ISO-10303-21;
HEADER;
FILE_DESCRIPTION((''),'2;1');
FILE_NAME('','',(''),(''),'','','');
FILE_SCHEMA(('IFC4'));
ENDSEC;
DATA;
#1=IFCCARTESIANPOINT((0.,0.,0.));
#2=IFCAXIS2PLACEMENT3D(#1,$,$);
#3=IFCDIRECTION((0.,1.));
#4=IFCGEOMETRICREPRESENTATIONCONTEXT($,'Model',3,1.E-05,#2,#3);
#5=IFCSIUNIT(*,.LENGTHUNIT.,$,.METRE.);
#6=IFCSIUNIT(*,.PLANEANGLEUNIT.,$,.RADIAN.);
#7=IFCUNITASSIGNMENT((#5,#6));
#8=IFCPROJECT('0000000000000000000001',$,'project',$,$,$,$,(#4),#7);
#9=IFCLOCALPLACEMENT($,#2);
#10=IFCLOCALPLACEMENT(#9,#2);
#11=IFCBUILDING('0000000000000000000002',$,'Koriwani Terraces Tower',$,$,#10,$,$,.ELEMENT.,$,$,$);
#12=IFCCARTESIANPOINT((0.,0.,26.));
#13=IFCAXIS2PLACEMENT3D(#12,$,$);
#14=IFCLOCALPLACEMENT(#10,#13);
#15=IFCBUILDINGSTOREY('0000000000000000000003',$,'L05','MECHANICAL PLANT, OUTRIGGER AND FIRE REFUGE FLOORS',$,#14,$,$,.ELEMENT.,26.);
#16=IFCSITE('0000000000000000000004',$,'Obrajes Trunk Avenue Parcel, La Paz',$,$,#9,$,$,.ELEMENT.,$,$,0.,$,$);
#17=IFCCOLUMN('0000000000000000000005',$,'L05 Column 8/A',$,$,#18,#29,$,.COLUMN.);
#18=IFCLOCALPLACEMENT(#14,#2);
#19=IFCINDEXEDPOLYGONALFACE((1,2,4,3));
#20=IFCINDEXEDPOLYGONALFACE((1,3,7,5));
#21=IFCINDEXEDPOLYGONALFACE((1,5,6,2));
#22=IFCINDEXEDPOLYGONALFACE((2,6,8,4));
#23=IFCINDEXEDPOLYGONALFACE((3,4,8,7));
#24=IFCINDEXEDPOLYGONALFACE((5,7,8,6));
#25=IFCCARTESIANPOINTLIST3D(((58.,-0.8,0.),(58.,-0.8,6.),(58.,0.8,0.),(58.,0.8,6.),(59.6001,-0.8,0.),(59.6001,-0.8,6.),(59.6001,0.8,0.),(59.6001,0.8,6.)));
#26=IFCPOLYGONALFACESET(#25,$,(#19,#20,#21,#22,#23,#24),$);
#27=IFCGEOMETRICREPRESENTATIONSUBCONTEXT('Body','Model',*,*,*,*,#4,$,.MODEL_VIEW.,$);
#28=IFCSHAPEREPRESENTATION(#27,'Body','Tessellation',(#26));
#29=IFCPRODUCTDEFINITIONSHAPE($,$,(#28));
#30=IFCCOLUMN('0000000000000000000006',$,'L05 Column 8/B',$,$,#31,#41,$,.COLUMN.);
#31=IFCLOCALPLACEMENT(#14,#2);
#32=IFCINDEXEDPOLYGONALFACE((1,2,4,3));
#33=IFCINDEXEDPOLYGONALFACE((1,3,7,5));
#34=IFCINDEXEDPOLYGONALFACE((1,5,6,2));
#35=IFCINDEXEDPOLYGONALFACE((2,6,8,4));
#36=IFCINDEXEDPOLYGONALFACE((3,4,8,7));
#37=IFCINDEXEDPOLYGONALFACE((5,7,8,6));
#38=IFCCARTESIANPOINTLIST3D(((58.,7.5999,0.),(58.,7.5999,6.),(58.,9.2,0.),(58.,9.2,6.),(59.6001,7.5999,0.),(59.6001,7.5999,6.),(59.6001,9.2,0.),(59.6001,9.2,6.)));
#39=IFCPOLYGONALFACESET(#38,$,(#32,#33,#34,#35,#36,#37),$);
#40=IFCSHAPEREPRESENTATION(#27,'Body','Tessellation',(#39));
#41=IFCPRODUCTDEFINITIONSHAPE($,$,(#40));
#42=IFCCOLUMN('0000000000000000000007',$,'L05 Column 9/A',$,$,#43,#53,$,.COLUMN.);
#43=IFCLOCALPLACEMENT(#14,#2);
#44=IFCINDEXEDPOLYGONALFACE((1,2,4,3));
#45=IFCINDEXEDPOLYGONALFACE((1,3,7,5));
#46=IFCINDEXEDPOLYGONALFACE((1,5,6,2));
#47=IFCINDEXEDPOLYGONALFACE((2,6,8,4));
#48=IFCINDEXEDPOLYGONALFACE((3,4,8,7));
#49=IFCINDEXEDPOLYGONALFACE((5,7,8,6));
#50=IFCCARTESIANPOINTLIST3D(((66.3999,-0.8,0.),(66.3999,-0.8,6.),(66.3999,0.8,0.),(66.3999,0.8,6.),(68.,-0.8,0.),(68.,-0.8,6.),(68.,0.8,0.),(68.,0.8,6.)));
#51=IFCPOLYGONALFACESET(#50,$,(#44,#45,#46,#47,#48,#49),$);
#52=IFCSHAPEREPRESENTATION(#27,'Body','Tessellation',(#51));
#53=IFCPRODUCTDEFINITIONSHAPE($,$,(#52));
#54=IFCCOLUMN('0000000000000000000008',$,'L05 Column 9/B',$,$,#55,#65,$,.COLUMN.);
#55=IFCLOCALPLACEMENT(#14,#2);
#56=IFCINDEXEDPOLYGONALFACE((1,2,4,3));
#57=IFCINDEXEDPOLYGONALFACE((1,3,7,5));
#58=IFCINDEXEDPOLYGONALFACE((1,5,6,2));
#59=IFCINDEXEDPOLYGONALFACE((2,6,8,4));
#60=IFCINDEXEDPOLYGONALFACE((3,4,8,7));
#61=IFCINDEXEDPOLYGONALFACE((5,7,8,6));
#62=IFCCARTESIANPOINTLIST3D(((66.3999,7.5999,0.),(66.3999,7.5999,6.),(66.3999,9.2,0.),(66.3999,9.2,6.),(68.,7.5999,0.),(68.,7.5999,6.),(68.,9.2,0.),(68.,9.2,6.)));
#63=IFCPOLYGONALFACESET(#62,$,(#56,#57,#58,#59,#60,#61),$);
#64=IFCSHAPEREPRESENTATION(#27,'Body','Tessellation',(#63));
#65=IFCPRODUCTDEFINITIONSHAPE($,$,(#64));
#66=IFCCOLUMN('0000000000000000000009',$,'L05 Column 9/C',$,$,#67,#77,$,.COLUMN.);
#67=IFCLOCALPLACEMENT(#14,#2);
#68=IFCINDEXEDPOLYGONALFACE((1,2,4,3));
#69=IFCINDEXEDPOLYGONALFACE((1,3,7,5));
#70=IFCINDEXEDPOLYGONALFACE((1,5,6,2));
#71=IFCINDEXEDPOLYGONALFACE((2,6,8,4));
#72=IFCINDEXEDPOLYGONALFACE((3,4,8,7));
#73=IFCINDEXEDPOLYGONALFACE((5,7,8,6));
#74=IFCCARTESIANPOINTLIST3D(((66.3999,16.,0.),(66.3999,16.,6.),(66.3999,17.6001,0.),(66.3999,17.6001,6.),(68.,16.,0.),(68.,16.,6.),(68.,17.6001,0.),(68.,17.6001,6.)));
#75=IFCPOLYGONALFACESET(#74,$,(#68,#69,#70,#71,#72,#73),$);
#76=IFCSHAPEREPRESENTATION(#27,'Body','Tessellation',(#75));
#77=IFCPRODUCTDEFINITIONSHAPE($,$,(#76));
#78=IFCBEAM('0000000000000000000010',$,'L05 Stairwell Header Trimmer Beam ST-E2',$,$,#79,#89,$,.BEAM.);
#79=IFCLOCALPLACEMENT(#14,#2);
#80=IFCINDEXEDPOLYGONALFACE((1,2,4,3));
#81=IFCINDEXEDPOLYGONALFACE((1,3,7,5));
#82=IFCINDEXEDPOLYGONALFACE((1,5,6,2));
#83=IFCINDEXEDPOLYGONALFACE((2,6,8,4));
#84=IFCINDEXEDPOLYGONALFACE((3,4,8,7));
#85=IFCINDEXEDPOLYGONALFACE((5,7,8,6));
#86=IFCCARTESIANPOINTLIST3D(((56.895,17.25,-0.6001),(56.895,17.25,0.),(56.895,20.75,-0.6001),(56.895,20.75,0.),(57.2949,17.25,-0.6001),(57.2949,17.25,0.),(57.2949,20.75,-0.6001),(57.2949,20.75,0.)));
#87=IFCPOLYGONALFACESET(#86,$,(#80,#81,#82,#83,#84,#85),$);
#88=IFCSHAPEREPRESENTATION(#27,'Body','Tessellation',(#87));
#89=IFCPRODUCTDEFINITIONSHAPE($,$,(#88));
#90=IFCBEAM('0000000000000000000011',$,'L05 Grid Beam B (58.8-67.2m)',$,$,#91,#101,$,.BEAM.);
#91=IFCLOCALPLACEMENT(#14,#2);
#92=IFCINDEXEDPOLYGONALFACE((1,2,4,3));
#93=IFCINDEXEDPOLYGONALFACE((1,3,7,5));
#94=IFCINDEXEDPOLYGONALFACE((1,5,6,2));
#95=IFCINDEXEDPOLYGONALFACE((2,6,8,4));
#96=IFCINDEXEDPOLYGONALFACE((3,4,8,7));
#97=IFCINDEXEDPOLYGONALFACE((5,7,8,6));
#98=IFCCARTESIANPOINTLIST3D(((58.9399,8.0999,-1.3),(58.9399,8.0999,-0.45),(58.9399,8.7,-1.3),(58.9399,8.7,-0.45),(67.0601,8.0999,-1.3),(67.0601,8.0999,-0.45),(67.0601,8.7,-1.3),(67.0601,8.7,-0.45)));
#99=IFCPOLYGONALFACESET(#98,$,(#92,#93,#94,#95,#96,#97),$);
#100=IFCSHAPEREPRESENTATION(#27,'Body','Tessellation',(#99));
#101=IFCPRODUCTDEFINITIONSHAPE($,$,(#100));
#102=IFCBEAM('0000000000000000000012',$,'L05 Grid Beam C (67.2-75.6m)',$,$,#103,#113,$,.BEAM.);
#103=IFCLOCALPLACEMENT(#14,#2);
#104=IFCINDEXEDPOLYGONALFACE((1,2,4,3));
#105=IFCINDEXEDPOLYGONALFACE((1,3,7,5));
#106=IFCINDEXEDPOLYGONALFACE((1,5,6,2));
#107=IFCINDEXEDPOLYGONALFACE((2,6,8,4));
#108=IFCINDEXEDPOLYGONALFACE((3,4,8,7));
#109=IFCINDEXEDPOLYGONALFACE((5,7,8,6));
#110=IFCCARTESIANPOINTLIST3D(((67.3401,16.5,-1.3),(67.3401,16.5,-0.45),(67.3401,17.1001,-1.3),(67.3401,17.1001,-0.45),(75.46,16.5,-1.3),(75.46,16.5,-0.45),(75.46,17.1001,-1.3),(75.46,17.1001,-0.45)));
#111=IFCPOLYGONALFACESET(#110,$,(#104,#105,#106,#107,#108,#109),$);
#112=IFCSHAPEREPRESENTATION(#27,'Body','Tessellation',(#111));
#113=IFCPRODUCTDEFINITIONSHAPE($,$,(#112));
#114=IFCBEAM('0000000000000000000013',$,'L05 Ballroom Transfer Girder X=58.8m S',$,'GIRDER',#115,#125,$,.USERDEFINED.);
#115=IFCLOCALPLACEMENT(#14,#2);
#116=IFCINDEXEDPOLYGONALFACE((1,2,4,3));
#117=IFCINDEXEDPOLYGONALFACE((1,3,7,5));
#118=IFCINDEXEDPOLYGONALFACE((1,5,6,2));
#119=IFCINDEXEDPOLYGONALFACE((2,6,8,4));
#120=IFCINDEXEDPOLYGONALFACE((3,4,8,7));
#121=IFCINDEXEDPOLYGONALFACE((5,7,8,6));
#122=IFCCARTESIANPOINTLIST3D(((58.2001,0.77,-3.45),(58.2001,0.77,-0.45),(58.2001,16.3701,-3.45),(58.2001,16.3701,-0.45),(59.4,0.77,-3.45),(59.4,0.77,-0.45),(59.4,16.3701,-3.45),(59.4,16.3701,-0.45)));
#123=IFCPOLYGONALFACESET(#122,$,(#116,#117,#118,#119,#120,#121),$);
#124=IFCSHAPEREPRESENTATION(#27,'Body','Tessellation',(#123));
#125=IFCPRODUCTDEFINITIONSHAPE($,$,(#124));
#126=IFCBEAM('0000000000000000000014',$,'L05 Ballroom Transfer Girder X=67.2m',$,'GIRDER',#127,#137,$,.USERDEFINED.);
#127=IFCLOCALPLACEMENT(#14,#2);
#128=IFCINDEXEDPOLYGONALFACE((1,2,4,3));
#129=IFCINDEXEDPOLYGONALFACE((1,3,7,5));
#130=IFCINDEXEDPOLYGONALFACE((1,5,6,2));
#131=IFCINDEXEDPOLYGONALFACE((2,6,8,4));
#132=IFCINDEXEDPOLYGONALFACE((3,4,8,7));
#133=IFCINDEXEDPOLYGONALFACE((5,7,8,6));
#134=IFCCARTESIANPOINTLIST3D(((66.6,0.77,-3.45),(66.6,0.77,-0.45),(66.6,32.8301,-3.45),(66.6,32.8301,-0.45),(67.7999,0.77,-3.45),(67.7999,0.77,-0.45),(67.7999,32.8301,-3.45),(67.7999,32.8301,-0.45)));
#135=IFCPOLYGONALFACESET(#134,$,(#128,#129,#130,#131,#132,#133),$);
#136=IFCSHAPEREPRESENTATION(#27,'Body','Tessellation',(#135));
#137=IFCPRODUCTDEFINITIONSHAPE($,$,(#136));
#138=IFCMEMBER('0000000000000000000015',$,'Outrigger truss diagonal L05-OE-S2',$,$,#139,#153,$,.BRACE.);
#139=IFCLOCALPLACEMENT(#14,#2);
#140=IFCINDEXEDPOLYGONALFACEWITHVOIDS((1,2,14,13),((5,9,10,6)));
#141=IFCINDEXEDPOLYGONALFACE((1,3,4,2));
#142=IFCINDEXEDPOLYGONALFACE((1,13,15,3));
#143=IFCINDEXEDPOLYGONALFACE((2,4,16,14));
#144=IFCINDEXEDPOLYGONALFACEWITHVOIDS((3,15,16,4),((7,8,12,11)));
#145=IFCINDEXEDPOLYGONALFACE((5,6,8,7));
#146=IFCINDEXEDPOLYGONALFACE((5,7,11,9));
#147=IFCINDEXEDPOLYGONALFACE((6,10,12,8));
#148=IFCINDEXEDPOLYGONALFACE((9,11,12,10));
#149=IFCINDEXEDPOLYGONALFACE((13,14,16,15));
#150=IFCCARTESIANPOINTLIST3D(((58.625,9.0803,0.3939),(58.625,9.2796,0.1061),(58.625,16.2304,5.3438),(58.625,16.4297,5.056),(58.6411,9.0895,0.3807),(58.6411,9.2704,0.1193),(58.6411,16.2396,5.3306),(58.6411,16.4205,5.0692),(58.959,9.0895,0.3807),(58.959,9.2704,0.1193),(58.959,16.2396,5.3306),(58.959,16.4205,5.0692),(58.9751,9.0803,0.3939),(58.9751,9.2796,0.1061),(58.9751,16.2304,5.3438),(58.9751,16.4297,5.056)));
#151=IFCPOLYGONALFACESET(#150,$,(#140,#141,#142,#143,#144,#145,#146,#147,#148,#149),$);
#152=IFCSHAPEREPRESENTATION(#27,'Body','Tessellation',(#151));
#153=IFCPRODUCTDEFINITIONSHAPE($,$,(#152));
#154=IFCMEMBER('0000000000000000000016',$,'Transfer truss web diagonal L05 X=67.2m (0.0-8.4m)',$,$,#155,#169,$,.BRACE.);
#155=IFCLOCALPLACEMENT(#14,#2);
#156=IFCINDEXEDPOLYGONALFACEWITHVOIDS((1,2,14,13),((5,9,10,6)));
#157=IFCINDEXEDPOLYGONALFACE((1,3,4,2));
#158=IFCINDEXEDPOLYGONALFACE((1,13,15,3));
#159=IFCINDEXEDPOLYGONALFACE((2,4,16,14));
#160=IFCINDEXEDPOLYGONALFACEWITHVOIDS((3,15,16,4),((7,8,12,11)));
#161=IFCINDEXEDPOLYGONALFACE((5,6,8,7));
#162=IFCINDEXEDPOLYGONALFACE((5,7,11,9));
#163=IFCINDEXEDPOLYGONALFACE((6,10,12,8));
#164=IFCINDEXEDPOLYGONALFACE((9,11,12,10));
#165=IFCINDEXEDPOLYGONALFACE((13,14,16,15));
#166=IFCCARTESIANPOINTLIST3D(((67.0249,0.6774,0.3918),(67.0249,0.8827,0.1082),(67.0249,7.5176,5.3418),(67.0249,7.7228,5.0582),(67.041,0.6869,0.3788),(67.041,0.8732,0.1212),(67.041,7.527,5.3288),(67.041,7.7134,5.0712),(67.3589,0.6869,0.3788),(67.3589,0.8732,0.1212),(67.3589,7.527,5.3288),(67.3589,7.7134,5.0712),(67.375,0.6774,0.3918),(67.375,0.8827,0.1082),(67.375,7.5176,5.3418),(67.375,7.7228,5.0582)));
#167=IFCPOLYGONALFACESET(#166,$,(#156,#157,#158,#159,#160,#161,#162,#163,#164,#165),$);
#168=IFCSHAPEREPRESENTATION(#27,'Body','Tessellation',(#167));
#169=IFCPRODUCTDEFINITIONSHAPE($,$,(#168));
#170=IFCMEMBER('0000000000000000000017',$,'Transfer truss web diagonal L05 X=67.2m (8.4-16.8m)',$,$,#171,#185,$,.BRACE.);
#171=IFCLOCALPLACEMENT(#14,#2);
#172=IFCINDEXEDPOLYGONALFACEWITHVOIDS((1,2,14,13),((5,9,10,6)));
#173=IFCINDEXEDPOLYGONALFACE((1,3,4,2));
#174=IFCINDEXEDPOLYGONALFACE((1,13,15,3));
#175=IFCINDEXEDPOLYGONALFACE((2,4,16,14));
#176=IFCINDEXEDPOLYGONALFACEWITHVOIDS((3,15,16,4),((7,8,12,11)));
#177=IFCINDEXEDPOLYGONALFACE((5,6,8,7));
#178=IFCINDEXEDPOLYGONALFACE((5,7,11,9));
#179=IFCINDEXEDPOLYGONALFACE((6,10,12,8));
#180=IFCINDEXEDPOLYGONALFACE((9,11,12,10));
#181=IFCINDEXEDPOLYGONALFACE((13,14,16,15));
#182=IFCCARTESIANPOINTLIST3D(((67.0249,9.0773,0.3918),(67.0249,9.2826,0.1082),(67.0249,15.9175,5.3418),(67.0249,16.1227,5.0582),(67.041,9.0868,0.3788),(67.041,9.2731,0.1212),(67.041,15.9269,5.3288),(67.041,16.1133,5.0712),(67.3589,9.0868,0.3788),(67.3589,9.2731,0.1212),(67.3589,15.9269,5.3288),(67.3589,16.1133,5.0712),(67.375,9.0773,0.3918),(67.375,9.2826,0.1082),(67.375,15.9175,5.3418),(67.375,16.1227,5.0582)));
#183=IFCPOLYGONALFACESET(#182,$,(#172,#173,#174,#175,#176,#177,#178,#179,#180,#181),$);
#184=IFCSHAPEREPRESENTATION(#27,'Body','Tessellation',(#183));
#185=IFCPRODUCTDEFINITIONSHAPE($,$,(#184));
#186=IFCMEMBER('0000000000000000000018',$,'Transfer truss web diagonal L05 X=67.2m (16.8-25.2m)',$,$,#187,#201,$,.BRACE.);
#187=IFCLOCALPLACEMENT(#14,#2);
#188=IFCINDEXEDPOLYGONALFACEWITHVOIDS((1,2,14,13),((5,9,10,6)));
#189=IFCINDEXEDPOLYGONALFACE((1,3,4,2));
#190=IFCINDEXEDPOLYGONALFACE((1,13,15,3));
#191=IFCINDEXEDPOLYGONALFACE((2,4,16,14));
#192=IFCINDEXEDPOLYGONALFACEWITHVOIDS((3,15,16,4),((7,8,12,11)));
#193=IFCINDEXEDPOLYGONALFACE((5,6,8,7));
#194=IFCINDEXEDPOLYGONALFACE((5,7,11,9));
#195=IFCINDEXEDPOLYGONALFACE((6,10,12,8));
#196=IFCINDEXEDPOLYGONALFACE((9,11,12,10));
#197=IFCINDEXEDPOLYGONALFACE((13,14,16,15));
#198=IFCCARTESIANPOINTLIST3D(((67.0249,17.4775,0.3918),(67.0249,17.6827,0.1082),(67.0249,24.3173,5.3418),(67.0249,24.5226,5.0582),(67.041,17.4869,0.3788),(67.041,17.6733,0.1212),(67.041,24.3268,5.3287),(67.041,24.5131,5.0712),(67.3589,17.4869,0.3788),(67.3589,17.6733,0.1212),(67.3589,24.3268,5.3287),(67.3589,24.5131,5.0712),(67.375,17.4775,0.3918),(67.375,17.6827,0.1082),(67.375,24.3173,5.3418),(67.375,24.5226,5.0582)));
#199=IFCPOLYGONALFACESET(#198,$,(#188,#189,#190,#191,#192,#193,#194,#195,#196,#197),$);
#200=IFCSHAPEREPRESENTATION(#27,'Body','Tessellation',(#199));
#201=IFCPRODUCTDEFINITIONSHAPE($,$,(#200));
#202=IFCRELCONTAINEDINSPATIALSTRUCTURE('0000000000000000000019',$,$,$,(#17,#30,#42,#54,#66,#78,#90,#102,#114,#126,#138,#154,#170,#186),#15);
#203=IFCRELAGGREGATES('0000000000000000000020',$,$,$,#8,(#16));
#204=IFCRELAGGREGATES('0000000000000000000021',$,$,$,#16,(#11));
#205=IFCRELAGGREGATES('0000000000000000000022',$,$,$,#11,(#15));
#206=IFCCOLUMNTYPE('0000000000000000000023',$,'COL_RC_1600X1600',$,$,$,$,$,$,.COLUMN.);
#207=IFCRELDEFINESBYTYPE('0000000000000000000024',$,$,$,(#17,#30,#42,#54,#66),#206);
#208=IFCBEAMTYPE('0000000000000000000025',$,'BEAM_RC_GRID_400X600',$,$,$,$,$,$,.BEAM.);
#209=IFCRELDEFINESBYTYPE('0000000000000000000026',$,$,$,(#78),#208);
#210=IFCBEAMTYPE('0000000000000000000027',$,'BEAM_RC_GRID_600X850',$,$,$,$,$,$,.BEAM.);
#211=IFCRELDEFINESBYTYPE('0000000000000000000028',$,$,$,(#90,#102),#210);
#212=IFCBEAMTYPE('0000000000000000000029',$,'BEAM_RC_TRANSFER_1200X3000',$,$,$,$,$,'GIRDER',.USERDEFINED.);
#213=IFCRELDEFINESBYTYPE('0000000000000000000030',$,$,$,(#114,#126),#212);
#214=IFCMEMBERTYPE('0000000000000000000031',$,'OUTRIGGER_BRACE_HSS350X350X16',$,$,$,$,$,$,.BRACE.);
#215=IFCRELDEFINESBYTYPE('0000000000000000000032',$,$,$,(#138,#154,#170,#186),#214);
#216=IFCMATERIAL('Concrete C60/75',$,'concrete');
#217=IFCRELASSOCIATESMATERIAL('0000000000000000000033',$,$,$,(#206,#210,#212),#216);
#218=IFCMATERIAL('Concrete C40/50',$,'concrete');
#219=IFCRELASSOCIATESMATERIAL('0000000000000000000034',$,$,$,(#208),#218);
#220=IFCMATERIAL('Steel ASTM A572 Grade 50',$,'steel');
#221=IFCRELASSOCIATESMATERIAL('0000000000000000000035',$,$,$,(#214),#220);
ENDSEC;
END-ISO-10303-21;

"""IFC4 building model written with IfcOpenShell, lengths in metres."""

from ifc_helpers import new_model, si_unit, direction, frame, origin, origin_2d, place, context, subcontext, project, spatial, rectangle, hollow_rectangle, extrude, material, material_profile, profile_set, type_object, element, save


model = new_model("IFC4")

# Units and contexts
model_context = context("Model", 3, precision=1e-05, world=origin(), true_north=direction((0.0, 1.0)))
body_context = subcontext(model_context, "Body", "Model", "MODEL_VIEW")
ifc_project = project(units=[si_unit("LENGTHUNIT", "METRE"), si_unit("PLANEANGLEUNIT", "RADIAN")], contexts=[model_context])

# Site, building, storey
site_placement = place(None, origin())
site = spatial("IfcSite", under=ifc_project, at=site_placement, Name="Obrajes Trunk Avenue Parcel, La Paz", CompositionType="ELEMENT", RefElevation=0.0)
building_placement = place(site_placement, origin())
building = spatial("IfcBuilding", under=site, at=building_placement, Name="Koriwani Terraces Tower", CompositionType="ELEMENT")
storey_placement = place(building_placement, frame((0.0, 0.0, 26.0)))
storey = spatial("IfcBuildingStorey", under=building, at=storey_placement, Name="L05", Description="MECHANICAL PLANT, OUTRIGGER AND FIRE REFUGE FLOORS", CompositionType="ELEMENT", Elevation=26.0)

# Columns
ifc_material_1 = material(Name="Concrete C60/75", Category="concrete")
ifc_material_profile_1 = material_profile(ifc_material_1, rectangle(XDim=1.6001, YDim=1.6001, at=origin_2d()), Name="Concrete C60/75", Category="LoadBearing")
ifc_profile_set_1 = profile_set([ifc_material_profile_1], Name="Concrete C60/75")
column_type = type_object("IfcColumnType", Name="COL_RC_1600X1600", PredefinedType="COLUMN", material=ifc_profile_set_1)
for number, where, z_axis, x_axis, name in (
    (1, (58.8, 0.0, 0.0), (0.0, 0.0, 1.0), (1.0, 0.0, 0.0), "L05 Column 8/A"),
    (2, (58.8, 8.3999, 0.0), (0.0, 0.0, 1.0), (1.0, 0.0, 0.0), "L05 Column 8/B"),
    (3, (67.2, 0.0, 0.0), (0.0, 0.0, 1.0), (1.0, 0.0, 0.0), "L05 Column 9/A"),
    (4, (67.2, 8.3999, 0.0), (0.0, 0.0, 1.0), (1.0, 0.0, 0.0), "L05 Column 9/B"),
    (5, (67.2, 16.8, 0.0), (0.0, 0.0, 1.0), (1.0, 0.0, 0.0), "L05 Column 9/C"),
):
    element("IfcColumn", number, at=place(storey_placement, frame(where, z_axis=z_axis, x_axis=x_axis)), inside=storey, type_object=column_type, Name=name, PredefinedType="COLUMN", context=body_context, shape_type="SweptSolid", body=[
        extrude(rectangle(XDim=1.6001, YDim=1.6001, at=origin_2d()), origin(), (0.0, 0.0, 1.0), 6.0),
    ])

# Beams
ifc_material_2 = material(Name="Concrete C40/50", Category="concrete")
ifc_material_profile_2 = material_profile(ifc_material_2, rectangle(XDim=0.3999, YDim=0.6001, at=origin_2d()), Name="Concrete C40/50", Category="LoadBearing")
ifc_profile_set_2 = profile_set([ifc_material_profile_2], Name="Concrete C40/50")
beam_type_1 = type_object("IfcBeamType", Name="BEAM_RC_GRID_400X600", PredefinedType="BEAM", material=ifc_profile_set_2)
beam_1_placement = place(storey_placement, frame((57.095, 17.25, -0.3), z_axis=(0.0, 1.0, 0.0), x_axis=(-1.0, 0.0, 0.0)))
element("IfcBeam", 6, at=beam_1_placement, inside=storey, type_object=beam_type_1, Name="L05 Stairwell Header Trimmer Beam ST-E2", PredefinedType="BEAM", context=body_context, shape_type="SweptSolid", body=[
    extrude(rectangle(XDim=0.3999, YDim=0.6001, at=origin_2d()), origin(), (0.0, 0.0, 1.0), 3.5),
])
ifc_material_profile_3 = material_profile(ifc_material_1, rectangle(XDim=0.6001, YDim=0.8501, at=origin_2d()), Name="Concrete C60/75", Category="LoadBearing")
ifc_profile_set_3 = profile_set([ifc_material_profile_3], Name="Concrete C60/75")
beam_type_2 = type_object("IfcBeamType", Name="BEAM_RC_GRID_600X850", PredefinedType="BEAM", material=ifc_profile_set_3)
beam_2_placement = place(storey_placement, frame((58.9399, 8.3999, -0.875), z_axis=(1.0, 0.0, 0.0), x_axis=(0.0, 1.0, 0.0)))
element("IfcBeam", 7, at=beam_2_placement, inside=storey, type_object=beam_type_2, Name="L05 Grid Beam B (58.8-67.2m)", PredefinedType="BEAM", context=body_context, shape_type="SweptSolid", body=[
    extrude(rectangle(XDim=0.6001, YDim=0.8501, at=origin_2d()), origin(), (0.0, 0.0, 1.0), 8.1201),
])
beam_3_placement = place(storey_placement, frame((67.3401, 16.8, -0.875), z_axis=(1.0, 0.0, 0.0), x_axis=(0.0, 1.0, 0.0)))
element("IfcBeam", 8, at=beam_3_placement, inside=storey, type_object=beam_type_2, Name="L05 Grid Beam C (67.2-75.6m)", PredefinedType="BEAM", context=body_context, shape_type="SweptSolid", body=[
    extrude(rectangle(XDim=0.6001, YDim=0.8501, at=origin_2d()), origin(), (0.0, 0.0, 1.0), 8.1199),
])
ifc_material_profile_4 = material_profile(ifc_material_1, rectangle(XDim=1.2, YDim=3.0, at=origin_2d()), Name="Concrete C60/75", Category="LoadBearing")
ifc_profile_set_4 = profile_set([ifc_material_profile_4], Name="Concrete C60/75")
beam_type_3 = type_object("IfcBeamType", Name="BEAM_RC_TRANSFER_1200X3000", ElementType="GIRDER", PredefinedType="USERDEFINED", material=ifc_profile_set_4)
beam_4_placement = place(storey_placement, frame((58.8, 0.77, -1.95), z_axis=(0.0, 1.0, 0.0), x_axis=(-1.0, 0.0, 0.0)))
element("IfcBeam", 9, at=beam_4_placement, inside=storey, type_object=beam_type_3, Name="L05 Ballroom Transfer Girder X=58.8m S", ObjectType="GIRDER", PredefinedType="USERDEFINED", context=body_context, shape_type="SweptSolid", body=[
    extrude(rectangle(XDim=1.2, YDim=3.0, at=origin_2d()), origin(), (0.0, 0.0, 1.0), 15.6001),
])
beam_5_placement = place(storey_placement, frame((67.2, 0.77, -1.95), z_axis=(0.0, 1.0, 0.0), x_axis=(-1.0, 0.0, 0.0)))
element("IfcBeam", 10, at=beam_5_placement, inside=storey, type_object=beam_type_3, Name="L05 Ballroom Transfer Girder X=67.2m", ObjectType="GIRDER", PredefinedType="USERDEFINED", context=body_context, shape_type="SweptSolid", body=[
    extrude(rectangle(XDim=1.2, YDim=3.0, at=origin_2d()), origin(), (0.0, 0.0, 1.0), 32.0601),
])

# Members
ifc_material_3 = material(Name="Steel ASTM A572 Grade 50", Category="steel")
ifc_material_profile_5 = material_profile(ifc_material_3, hollow_rectangle(XDim=0.3501, YDim=0.3501, WallThickness=0.0161, at=origin_2d()), Name="Steel ASTM A572 Grade 50", Category="LoadBearing")
ifc_profile_set_5 = profile_set([ifc_material_profile_5], Name="Steel ASTM A572 Grade 50")
member_type = type_object("IfcMemberType", Name="OUTRIGGER_BRACE_HSS350X350X16", PredefinedType="BRACE", material=ifc_profile_set_5)
member_1_placement = place(storey_placement, frame((58.8, 9.1799, 0.25), z_axis=(0.0, 0.8222, 0.569198), x_axis=(-1.0, 0.0, 0.0)))
element("IfcMember", 11, at=member_1_placement, inside=storey, type_object=member_type, Name="Outrigger truss diagonal L05-OE-S2", PredefinedType="BRACE", context=body_context, shape_type="SweptSolid", body=[
    extrude(hollow_rectangle(XDim=0.3501, YDim=0.3501, WallThickness=0.0161, at=origin_2d()), origin(), (0.0, 0.0, 1.0), 8.6963),
])
for number, where, z_axis, x_axis, name in (
    (12, (67.2, 0.78, 0.25), (0.0, 0.810123, 0.58626), (-1.0, 0.0, 0.0), "Transfer truss web diagonal L05 X=67.2m (0.0-8.4m)"),
    (13, (67.2, 9.1799, 0.25), (0.0, 0.810123, 0.58626), (-1.0, 0.0, 0.0), "Transfer truss web diagonal L05 X=67.2m (8.4-16.8m)"),
):
    element("IfcMember", number, at=place(storey_placement, frame(where, z_axis=z_axis, x_axis=x_axis)), inside=storey, type_object=member_type, Name=name, PredefinedType="BRACE", context=body_context, shape_type="SweptSolid", body=[
        extrude(hollow_rectangle(XDim=0.3501, YDim=0.3501, WallThickness=0.0161, at=origin_2d()), origin(), (0.0, 0.0, 1.0), 8.4434),
    ])
member_2_placement = place(storey_placement, frame((67.2, 17.5801, 0.25), z_axis=(0.0, 0.810113, 0.586274), x_axis=(-1.0, 0.0, 0.0)))
element("IfcMember", 14, at=member_2_placement, inside=storey, type_object=member_type, Name="Transfer truss web diagonal L05 X=67.2m (16.8-25.2m)", PredefinedType="BRACE", context=body_context, shape_type="SweptSolid", body=[
    extrude(hollow_rectangle(XDim=0.3501, YDim=0.3501, WallThickness=0.0161, at=origin_2d()), origin(), (0.0, 0.0, 1.0), 8.4431),
])

save(model, "model.ifc")
